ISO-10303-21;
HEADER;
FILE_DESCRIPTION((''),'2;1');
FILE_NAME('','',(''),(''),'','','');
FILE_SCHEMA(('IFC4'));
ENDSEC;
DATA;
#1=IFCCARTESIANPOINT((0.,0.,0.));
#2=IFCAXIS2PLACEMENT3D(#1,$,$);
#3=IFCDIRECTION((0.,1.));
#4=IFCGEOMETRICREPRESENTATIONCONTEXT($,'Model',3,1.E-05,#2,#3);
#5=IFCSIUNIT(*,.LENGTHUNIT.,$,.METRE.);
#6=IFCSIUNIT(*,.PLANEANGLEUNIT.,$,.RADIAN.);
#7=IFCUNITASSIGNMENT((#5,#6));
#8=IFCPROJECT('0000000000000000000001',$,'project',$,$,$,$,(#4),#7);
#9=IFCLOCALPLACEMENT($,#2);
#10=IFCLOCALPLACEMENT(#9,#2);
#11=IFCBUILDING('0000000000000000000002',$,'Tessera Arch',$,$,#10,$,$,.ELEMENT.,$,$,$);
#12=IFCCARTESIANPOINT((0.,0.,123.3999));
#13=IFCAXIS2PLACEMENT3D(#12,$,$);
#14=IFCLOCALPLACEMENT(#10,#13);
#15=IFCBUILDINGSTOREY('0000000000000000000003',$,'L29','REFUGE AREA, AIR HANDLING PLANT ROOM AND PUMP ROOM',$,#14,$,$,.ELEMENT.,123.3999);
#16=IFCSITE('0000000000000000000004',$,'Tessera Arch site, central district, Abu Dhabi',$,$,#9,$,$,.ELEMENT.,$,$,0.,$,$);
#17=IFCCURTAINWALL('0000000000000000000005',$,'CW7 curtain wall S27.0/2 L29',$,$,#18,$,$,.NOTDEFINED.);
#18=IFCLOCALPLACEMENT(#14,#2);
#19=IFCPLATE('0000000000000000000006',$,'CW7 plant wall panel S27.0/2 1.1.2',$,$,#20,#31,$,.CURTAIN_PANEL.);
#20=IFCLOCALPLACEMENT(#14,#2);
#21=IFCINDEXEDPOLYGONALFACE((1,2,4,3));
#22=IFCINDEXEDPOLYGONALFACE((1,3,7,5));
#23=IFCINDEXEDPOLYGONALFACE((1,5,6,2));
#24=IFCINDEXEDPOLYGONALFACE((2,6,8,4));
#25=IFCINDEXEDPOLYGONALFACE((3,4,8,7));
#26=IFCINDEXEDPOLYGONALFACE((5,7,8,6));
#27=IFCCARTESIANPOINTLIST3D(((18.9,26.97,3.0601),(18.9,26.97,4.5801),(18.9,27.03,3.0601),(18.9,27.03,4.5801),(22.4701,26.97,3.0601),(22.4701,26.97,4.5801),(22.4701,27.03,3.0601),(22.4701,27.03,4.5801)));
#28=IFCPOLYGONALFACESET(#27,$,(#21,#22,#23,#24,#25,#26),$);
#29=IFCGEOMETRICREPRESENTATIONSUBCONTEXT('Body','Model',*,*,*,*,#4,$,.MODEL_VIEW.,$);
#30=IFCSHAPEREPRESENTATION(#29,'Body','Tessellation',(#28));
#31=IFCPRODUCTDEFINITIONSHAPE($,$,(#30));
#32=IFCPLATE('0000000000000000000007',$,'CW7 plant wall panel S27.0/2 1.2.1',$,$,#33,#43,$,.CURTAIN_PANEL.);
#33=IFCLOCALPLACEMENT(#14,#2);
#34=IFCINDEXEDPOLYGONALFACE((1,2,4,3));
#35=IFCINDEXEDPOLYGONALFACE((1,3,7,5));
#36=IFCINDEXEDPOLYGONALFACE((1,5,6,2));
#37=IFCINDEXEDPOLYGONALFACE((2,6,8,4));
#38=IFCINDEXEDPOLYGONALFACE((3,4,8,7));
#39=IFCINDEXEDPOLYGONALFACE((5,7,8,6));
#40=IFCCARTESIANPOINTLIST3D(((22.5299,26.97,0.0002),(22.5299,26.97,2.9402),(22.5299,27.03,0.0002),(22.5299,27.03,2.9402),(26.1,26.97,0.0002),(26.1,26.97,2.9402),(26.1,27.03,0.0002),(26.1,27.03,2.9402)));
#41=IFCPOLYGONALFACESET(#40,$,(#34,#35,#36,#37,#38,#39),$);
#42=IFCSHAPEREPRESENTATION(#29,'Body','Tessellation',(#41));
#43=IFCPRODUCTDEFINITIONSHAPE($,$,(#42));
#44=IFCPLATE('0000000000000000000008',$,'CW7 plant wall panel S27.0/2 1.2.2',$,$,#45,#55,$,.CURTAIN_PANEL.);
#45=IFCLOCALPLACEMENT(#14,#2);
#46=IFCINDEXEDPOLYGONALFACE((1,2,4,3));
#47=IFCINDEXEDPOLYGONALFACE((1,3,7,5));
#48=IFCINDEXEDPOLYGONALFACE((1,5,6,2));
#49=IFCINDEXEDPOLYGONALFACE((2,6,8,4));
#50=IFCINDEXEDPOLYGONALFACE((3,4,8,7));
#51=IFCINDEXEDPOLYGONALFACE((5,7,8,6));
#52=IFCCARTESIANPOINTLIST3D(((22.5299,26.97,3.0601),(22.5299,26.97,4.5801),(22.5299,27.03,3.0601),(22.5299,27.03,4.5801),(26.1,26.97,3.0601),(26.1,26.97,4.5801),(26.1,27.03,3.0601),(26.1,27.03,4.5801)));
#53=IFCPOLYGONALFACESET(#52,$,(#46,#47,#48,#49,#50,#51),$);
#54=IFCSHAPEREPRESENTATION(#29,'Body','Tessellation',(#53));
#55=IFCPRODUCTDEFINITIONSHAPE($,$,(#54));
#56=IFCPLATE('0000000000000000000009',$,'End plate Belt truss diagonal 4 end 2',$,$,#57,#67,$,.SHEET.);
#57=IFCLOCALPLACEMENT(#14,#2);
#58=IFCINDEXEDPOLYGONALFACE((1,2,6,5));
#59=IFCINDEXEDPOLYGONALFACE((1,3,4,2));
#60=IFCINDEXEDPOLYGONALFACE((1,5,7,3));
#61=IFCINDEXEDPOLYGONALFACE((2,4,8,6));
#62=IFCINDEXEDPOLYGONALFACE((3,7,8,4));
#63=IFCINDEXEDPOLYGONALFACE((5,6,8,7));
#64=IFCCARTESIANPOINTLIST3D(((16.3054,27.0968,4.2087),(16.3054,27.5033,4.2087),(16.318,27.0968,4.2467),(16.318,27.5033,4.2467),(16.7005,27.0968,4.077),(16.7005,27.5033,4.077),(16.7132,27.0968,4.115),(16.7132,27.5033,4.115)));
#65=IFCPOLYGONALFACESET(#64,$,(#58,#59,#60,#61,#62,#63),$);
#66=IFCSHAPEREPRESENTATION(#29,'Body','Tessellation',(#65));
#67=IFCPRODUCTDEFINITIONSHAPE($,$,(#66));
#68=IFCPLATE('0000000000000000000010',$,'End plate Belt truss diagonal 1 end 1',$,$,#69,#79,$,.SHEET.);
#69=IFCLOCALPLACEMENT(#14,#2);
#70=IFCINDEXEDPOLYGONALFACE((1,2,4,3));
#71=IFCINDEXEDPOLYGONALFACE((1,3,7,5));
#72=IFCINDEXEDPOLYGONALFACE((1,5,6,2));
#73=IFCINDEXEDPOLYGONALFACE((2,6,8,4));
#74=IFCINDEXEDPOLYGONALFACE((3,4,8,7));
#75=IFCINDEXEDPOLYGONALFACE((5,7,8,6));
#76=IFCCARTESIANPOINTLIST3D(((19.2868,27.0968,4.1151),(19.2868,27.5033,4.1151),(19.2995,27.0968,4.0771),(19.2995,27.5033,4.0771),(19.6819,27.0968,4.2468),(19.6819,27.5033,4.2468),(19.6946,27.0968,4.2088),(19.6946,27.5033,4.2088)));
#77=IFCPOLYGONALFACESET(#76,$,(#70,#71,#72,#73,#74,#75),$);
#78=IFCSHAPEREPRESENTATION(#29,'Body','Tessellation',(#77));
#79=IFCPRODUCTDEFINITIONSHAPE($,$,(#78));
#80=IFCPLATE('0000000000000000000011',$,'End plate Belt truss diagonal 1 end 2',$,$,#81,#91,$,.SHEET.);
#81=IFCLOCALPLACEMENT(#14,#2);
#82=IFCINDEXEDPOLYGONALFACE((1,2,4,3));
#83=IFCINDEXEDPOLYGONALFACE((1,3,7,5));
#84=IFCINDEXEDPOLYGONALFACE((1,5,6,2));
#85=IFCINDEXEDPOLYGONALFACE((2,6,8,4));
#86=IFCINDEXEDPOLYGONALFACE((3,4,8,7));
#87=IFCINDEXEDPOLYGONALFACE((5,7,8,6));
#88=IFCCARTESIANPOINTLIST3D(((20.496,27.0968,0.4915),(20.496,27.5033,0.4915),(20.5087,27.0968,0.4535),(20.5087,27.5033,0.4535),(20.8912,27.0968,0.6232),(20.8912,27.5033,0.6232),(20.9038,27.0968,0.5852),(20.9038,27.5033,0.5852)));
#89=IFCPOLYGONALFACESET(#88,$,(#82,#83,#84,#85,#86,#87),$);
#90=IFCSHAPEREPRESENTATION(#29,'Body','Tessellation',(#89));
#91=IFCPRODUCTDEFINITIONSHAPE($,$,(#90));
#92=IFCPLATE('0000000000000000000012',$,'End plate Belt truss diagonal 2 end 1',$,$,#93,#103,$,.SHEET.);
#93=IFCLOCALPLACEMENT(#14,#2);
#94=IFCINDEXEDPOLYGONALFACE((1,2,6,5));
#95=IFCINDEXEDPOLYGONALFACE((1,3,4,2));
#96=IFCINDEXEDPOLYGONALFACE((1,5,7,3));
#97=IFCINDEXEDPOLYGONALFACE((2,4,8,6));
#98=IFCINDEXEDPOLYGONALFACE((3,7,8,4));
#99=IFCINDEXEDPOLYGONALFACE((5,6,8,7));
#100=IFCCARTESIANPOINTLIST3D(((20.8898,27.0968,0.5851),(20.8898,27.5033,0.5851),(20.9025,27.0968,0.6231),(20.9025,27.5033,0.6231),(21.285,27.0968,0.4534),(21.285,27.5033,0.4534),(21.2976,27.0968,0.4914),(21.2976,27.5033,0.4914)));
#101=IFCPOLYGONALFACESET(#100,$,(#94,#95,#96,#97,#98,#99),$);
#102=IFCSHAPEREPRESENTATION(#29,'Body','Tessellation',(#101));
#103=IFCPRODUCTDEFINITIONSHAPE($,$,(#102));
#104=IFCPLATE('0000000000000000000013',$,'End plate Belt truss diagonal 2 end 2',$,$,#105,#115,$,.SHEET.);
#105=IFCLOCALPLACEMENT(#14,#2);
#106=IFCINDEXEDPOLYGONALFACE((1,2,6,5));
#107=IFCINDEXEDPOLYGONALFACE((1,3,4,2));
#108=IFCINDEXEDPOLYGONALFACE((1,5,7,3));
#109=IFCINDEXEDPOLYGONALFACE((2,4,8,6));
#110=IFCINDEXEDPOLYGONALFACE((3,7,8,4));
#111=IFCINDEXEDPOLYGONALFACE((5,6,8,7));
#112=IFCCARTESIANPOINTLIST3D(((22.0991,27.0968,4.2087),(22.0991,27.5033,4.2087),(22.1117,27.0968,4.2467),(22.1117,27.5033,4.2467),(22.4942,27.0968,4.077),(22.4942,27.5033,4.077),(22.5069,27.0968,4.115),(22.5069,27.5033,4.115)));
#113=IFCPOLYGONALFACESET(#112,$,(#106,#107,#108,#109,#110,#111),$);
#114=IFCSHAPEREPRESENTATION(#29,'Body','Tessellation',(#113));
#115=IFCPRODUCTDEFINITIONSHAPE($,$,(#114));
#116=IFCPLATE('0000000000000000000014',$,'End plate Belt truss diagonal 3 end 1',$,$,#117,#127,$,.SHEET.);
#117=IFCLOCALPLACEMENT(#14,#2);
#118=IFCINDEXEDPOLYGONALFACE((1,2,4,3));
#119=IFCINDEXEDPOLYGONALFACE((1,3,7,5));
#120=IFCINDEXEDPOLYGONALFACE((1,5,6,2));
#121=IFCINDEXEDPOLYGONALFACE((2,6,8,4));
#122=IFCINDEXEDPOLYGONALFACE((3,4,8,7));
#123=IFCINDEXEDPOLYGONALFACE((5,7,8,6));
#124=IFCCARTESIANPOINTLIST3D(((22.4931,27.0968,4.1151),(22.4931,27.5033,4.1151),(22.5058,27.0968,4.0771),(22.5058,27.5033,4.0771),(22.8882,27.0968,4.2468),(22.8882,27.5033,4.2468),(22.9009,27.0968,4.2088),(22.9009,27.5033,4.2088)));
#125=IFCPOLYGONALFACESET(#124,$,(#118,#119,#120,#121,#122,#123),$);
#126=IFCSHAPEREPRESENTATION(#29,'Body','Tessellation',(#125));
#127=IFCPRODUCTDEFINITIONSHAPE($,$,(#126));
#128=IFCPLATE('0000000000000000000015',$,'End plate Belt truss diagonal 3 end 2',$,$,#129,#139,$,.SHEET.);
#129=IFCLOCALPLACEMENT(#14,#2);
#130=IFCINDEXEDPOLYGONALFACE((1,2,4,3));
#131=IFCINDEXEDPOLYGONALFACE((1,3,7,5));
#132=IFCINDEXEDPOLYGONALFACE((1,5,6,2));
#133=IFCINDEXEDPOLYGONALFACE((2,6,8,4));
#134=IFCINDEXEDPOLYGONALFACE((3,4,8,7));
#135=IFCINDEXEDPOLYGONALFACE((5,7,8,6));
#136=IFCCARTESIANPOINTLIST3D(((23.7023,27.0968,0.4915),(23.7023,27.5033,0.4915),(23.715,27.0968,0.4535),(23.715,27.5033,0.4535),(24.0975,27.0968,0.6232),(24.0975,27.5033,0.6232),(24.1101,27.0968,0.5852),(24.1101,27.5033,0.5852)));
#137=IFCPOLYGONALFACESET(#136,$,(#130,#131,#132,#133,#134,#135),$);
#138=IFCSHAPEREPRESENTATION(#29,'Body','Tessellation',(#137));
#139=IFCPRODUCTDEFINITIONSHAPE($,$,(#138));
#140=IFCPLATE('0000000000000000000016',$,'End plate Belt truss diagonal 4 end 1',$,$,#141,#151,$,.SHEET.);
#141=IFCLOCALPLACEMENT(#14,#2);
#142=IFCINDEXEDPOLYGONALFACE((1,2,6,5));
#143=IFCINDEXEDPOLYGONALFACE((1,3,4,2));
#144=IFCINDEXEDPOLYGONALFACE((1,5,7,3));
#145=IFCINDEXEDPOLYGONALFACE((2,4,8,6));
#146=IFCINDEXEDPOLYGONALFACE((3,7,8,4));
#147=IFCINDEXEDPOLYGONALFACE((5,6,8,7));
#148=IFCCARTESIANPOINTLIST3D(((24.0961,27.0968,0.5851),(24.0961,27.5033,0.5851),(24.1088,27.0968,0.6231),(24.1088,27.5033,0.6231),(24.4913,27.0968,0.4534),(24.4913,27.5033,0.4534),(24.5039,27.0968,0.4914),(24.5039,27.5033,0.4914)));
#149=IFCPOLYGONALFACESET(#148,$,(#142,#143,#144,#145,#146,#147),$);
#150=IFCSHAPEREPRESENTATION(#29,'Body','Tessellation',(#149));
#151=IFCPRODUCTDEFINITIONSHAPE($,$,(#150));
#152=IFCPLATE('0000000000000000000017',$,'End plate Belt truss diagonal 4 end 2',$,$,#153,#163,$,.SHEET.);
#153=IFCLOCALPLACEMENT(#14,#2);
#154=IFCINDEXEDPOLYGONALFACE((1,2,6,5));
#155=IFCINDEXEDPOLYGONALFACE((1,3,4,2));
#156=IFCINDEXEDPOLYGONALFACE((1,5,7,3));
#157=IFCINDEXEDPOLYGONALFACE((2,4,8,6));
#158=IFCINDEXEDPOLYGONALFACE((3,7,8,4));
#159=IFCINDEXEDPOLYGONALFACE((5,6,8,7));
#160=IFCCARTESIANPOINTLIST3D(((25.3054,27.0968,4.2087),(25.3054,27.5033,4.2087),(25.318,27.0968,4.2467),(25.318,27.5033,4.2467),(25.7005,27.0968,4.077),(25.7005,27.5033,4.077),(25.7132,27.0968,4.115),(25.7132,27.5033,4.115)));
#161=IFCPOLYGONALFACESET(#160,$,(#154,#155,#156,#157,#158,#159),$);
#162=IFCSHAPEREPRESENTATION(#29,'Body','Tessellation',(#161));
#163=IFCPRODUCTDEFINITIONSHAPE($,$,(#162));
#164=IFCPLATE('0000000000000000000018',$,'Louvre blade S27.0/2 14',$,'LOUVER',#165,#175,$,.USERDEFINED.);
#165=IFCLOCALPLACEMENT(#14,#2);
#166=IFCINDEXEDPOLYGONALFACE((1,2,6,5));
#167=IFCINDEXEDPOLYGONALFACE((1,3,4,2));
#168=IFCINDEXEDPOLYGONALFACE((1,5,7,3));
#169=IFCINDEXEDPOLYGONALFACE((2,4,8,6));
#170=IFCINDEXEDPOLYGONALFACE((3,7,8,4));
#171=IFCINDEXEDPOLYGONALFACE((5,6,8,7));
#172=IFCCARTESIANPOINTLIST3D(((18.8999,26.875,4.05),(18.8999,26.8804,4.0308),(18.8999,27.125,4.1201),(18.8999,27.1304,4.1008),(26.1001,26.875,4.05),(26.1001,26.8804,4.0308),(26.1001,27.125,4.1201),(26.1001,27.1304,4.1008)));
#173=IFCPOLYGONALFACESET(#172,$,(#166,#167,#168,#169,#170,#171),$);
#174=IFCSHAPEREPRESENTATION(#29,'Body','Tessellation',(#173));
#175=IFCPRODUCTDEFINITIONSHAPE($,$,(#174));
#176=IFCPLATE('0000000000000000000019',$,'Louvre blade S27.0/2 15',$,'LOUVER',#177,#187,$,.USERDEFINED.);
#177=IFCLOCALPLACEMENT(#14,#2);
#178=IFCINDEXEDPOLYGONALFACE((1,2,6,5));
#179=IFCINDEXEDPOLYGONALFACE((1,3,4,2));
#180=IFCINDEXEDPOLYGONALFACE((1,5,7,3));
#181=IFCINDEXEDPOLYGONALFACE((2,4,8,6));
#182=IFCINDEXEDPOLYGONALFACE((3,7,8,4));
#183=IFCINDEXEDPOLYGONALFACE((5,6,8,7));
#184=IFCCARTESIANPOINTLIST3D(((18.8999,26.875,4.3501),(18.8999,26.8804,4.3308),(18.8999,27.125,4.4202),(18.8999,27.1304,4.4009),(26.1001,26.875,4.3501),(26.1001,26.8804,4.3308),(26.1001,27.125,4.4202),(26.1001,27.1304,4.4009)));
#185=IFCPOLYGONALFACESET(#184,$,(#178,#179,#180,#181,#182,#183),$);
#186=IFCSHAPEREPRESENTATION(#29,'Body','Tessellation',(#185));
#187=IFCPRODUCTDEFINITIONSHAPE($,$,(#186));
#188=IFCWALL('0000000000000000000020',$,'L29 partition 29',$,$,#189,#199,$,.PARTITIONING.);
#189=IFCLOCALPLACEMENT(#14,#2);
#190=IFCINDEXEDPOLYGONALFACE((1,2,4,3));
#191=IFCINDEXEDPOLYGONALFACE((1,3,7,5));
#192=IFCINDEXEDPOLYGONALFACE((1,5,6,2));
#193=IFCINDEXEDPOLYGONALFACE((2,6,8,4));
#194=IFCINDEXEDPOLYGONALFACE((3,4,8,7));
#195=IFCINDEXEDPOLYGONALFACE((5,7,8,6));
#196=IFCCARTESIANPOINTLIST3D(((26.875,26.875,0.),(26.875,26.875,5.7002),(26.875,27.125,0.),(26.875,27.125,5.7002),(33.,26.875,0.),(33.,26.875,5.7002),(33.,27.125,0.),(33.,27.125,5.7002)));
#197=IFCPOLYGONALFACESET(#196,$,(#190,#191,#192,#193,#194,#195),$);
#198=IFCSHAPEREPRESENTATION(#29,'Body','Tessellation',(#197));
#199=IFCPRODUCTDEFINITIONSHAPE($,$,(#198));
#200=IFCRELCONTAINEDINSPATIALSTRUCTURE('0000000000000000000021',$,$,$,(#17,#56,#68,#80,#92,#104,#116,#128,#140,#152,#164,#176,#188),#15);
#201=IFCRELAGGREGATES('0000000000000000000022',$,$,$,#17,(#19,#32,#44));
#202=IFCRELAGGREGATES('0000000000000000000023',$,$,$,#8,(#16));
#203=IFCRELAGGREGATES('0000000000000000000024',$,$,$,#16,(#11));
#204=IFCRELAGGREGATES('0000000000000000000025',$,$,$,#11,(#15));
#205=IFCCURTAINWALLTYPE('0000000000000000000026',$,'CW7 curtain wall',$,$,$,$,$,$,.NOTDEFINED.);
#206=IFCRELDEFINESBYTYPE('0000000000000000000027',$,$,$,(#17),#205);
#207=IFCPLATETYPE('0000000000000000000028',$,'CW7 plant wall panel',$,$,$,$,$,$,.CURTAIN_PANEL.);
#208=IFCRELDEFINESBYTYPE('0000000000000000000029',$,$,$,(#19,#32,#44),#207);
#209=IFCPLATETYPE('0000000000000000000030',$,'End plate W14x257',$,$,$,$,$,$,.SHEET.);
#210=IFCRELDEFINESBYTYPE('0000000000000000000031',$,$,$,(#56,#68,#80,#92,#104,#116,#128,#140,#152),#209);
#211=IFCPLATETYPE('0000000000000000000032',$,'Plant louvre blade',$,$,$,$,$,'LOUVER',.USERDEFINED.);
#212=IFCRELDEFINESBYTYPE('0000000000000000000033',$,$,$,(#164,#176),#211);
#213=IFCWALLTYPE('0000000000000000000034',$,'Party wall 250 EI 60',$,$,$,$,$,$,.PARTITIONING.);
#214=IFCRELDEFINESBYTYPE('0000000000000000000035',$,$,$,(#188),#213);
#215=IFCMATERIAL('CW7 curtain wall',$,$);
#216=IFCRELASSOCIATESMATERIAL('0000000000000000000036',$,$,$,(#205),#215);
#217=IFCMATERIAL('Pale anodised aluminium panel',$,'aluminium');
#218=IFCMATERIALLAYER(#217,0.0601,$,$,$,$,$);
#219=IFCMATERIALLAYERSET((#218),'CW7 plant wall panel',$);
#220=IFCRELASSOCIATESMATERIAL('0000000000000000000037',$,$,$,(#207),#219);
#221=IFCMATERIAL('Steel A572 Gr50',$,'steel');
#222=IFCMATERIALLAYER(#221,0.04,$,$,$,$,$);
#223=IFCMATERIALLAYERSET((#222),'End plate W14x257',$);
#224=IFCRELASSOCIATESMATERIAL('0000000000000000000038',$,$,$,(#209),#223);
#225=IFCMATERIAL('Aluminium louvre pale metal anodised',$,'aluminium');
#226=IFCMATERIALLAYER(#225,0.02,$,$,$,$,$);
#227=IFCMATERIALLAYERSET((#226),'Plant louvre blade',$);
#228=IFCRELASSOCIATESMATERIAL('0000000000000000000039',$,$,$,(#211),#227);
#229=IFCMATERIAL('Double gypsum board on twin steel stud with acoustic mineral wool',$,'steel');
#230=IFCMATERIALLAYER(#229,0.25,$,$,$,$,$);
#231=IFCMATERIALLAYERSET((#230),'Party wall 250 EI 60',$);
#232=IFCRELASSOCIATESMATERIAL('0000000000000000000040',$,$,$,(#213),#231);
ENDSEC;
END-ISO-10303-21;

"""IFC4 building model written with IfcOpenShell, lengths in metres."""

from ifc_helpers import new_model, si_unit, direction, frame, frame_2d, origin, origin_2d, place, context, subcontext, project, spatial, polyline, rectangle, outline, extrude, material, layer, layer_set, type_object, element, aggregate, save


model = new_model("IFC4")

# Units and contexts
model_context = context("Model", 3, precision=1e-05, world=origin(), true_north=direction((0.0, 1.0)))
body_context = subcontext(model_context, "Body", "Model", "MODEL_VIEW")
ifc_project = project(units=[si_unit("LENGTHUNIT", "METRE"), si_unit("PLANEANGLEUNIT", "RADIAN")], contexts=[model_context])

# Site, building, storey
site_placement = place(None, origin())
site = spatial("IfcSite", under=ifc_project, at=site_placement, Name="Tessera Arch site, central district, Abu Dhabi", CompositionType="ELEMENT", RefElevation=0.0)
building_placement = place(site_placement, origin())
building = spatial("IfcBuilding", under=site, at=building_placement, Name="Tessera Arch", CompositionType="ELEMENT")
storey_placement = place(building_placement, frame((0.0, 0.0, 123.3999)))
storey = spatial("IfcBuildingStorey", under=building, at=storey_placement, Name="L29", Description="REFUGE AREA, AIR HANDLING PLANT ROOM AND PUMP ROOM", CompositionType="ELEMENT", Elevation=123.3999)

# Curtain wall
ifc_material_1 = material(Name="CW7 curtain wall")
curtain_wall_type = type_object("IfcCurtainWallType", Name="CW7 curtain wall", PredefinedType="NOTDEFINED", material=ifc_material_1)
curtain_wall_1_placement = place(storey_placement, origin())
curtain_wall_1 = element("IfcCurtainWall", 1, at=curtain_wall_1_placement, inside=storey, type_object=curtain_wall_type, Name="CW7 curtain wall S27.0/2 L29", PredefinedType="NOTDEFINED")

# Shared definitions
ifc_material_2 = material(Name="Pale anodised aluminium panel", Category="aluminium")
ifc_layer_1 = layer(ifc_material_2, 0.0601)
ifc_layer_set_1 = layer_set([ifc_layer_1], Name="CW7 plant wall panel")
plate_type_1 = type_object("IfcPlateType", Name="CW7 plant wall panel", PredefinedType="CURTAIN_PANEL", material=ifc_layer_set_1)

# Plates
plate_1_placement = place(storey_placement, frame((20.6851, 27.0, 3.0601), z_axis=(0.0, 0.0, 1.0), x_axis=(1.0, 0.0, 0.0)))
plate_1 = element("IfcPlate", 2, at=plate_1_placement, type_object=plate_type_1, Name="CW7 plant wall panel S27.0/2 1.1.2", PredefinedType="CURTAIN_PANEL", context=body_context, shape_type="SweptSolid", body=[
    extrude(rectangle(XDim=3.5701, YDim=0.0601, at=origin_2d()), origin(), (0.0, 0.0, 1.0), 1.52),
])
plate_2_placement = place(storey_placement, frame((24.3149, 27.0, 0.0002), z_axis=(0.0, 0.0, 1.0), x_axis=(1.0, 0.0, 0.0)))
plate_2 = element("IfcPlate", 3, at=plate_2_placement, type_object=plate_type_1, Name="CW7 plant wall panel S27.0/2 1.2.1", PredefinedType="CURTAIN_PANEL", context=body_context, shape_type="SweptSolid", body=[
    extrude(rectangle(XDim=3.5701, YDim=0.0601, at=origin_2d()), origin(), (0.0, 0.0, 1.0), 2.9399),
])
plate_3_placement = place(storey_placement, frame((24.3149, 27.0, 3.0601), z_axis=(0.0, 0.0, 1.0), x_axis=(1.0, 0.0, 0.0)))
plate_3 = element("IfcPlate", 4, at=plate_3_placement, type_object=plate_type_1, Name="CW7 plant wall panel S27.0/2 1.2.2", PredefinedType="CURTAIN_PANEL", context=body_context, shape_type="SweptSolid", body=[
    extrude(rectangle(XDim=3.5701, YDim=0.0601, at=origin_2d()), origin(), (0.0, 0.0, 1.0), 1.52),
])
aggregate(curtain_wall_1, [plate_1, plate_2, plate_3])

# Plates
ifc_material_3 = material(Name="Steel A572 Gr50", Category="steel")
ifc_layer_2 = layer(ifc_material_3, 0.04)
ifc_layer_set_2 = layer_set([ifc_layer_2], Name="End plate W14x257")
plate_type_2 = type_object("IfcPlateType", Name="End plate W14x257", PredefinedType="SHEET", material=ifc_layer_set_2)
for number, where, z_axis, x_axis, name in (
    (5, (16.5029, 27.3, 4.1428), (0.316228, 0.0, 0.948683), (0.0, 1.0, 0.0), "End plate Belt truss diagonal 4 end 2"),
    (6, (19.4844, 27.3, 4.1809), (0.316228, 0.0, -0.948683), (0.0, 1.0, 0.0), "End plate Belt truss diagonal 1 end 1"),
    (7, (20.6936, 27.3, 0.5574), (0.316228, 0.0, -0.948683), (0.0, 1.0, 0.0), "End plate Belt truss diagonal 1 end 2"),
    (8, (21.0874, 27.3, 0.5193), (0.316228, 0.0, 0.948683), (0.0, 1.0, 0.0), "End plate Belt truss diagonal 2 end 1"),
    (9, (22.2966, 27.3, 4.1428), (0.316228, 0.0, 0.948683), (0.0, 1.0, 0.0), "End plate Belt truss diagonal 2 end 2"),
    (10, (22.6907, 27.3, 4.1809), (0.316228, 0.0, -0.948683), (0.0, 1.0, 0.0), "End plate Belt truss diagonal 3 end 1"),
    (11, (23.8999, 27.3, 0.5574), (0.316228, 0.0, -0.948683), (0.0, 1.0, 0.0), "End plate Belt truss diagonal 3 end 2"),
    (12, (24.2937, 27.3, 0.5193), (0.316228, 0.0, 0.948683), (0.0, 1.0, 0.0), "End plate Belt truss diagonal 4 end 1"),
    (13, (25.5029, 27.3, 4.1428), (0.316228, 0.0, 0.948683), (0.0, 1.0, 0.0), "End plate Belt truss diagonal 4 end 2"),
):
    element("IfcPlate", number, at=place(storey_placement, frame(where, z_axis=z_axis, x_axis=x_axis)), inside=storey, type_object=plate_type_2, Name=name, PredefinedType="SHEET", context=body_context, shape_type="SweptSolid", body=[
        extrude(rectangle(XDim=0.4065, YDim=0.4165, at=origin_2d()), origin(), (0.0, 0.0, 1.0), 0.04),
    ])
ifc_material_4 = material(Name="Aluminium louvre pale metal anodised", Category="aluminium")
ifc_layer_3 = layer(ifc_material_4, 0.02)
ifc_layer_set_3 = layer_set([ifc_layer_3], Name="Plant louvre blade")
plate_type_3 = type_object("IfcPlateType", Name="Plant louvre blade", ElementType="LOUVER", PredefinedType="USERDEFINED", material=ifc_layer_set_3)
for number, where, z_axis, x_axis, name in (
    (14, (18.8999, 26.875, 4.05), (0.0, -0.269874, 0.962896), (1.0, 0.0, 0.0), "Louvre blade S27.0/2 14"),
    (15, (18.8999, 26.875, 4.3501), (0.0, -0.269874, 0.962896), (1.0, 0.0, 0.0), "Louvre blade S27.0/2 15"),
):
    element("IfcPlate", number, at=place(storey_placement, frame(where, z_axis=z_axis, x_axis=x_axis)), inside=storey, type_object=plate_type_3, Name=name, ObjectType="LOUVER", PredefinedType="USERDEFINED", context=body_context, shape_type="SweptSolid", body=[
        extrude(outline(polyline([(0.0, 0.0), (7.2002, 0.0), (7.2002, 0.2596), (0.0, 0.2596), (0.0, 0.0)])), origin(), (0.0, 0.0, -1.0), 0.02),
    ])

# Wall
ifc_material_5 = material(Name="Double gypsum board on twin steel stud with acoustic mineral wool", Category="steel")
ifc_layer_4 = layer(ifc_material_5, 0.25)
ifc_layer_set_4 = layer_set([ifc_layer_4], Name="Party wall 250 EI 60")
wall_type = type_object("IfcWallType", Name="Party wall 250 EI 60", PredefinedType="PARTITIONING", material=ifc_layer_set_4)
wall_1_placement = place(storey_placement, frame((26.875, 27.0, 0.0), z_axis=(0.0, 0.0, 1.0), x_axis=(1.0, 0.0, 0.0)))
element("IfcWall", 16, at=wall_1_placement, inside=storey, type_object=wall_type, Name="L29 partition 29", PredefinedType="PARTITIONING", context=body_context, shape_type="SweptSolid", body=[
    extrude(rectangle(XDim=6.125, YDim=0.25, at=frame_2d((3.0625, 0.0))), origin(), (0.0, 0.0, 1.0), 5.7002),
])

save(model, "model.ifc")
